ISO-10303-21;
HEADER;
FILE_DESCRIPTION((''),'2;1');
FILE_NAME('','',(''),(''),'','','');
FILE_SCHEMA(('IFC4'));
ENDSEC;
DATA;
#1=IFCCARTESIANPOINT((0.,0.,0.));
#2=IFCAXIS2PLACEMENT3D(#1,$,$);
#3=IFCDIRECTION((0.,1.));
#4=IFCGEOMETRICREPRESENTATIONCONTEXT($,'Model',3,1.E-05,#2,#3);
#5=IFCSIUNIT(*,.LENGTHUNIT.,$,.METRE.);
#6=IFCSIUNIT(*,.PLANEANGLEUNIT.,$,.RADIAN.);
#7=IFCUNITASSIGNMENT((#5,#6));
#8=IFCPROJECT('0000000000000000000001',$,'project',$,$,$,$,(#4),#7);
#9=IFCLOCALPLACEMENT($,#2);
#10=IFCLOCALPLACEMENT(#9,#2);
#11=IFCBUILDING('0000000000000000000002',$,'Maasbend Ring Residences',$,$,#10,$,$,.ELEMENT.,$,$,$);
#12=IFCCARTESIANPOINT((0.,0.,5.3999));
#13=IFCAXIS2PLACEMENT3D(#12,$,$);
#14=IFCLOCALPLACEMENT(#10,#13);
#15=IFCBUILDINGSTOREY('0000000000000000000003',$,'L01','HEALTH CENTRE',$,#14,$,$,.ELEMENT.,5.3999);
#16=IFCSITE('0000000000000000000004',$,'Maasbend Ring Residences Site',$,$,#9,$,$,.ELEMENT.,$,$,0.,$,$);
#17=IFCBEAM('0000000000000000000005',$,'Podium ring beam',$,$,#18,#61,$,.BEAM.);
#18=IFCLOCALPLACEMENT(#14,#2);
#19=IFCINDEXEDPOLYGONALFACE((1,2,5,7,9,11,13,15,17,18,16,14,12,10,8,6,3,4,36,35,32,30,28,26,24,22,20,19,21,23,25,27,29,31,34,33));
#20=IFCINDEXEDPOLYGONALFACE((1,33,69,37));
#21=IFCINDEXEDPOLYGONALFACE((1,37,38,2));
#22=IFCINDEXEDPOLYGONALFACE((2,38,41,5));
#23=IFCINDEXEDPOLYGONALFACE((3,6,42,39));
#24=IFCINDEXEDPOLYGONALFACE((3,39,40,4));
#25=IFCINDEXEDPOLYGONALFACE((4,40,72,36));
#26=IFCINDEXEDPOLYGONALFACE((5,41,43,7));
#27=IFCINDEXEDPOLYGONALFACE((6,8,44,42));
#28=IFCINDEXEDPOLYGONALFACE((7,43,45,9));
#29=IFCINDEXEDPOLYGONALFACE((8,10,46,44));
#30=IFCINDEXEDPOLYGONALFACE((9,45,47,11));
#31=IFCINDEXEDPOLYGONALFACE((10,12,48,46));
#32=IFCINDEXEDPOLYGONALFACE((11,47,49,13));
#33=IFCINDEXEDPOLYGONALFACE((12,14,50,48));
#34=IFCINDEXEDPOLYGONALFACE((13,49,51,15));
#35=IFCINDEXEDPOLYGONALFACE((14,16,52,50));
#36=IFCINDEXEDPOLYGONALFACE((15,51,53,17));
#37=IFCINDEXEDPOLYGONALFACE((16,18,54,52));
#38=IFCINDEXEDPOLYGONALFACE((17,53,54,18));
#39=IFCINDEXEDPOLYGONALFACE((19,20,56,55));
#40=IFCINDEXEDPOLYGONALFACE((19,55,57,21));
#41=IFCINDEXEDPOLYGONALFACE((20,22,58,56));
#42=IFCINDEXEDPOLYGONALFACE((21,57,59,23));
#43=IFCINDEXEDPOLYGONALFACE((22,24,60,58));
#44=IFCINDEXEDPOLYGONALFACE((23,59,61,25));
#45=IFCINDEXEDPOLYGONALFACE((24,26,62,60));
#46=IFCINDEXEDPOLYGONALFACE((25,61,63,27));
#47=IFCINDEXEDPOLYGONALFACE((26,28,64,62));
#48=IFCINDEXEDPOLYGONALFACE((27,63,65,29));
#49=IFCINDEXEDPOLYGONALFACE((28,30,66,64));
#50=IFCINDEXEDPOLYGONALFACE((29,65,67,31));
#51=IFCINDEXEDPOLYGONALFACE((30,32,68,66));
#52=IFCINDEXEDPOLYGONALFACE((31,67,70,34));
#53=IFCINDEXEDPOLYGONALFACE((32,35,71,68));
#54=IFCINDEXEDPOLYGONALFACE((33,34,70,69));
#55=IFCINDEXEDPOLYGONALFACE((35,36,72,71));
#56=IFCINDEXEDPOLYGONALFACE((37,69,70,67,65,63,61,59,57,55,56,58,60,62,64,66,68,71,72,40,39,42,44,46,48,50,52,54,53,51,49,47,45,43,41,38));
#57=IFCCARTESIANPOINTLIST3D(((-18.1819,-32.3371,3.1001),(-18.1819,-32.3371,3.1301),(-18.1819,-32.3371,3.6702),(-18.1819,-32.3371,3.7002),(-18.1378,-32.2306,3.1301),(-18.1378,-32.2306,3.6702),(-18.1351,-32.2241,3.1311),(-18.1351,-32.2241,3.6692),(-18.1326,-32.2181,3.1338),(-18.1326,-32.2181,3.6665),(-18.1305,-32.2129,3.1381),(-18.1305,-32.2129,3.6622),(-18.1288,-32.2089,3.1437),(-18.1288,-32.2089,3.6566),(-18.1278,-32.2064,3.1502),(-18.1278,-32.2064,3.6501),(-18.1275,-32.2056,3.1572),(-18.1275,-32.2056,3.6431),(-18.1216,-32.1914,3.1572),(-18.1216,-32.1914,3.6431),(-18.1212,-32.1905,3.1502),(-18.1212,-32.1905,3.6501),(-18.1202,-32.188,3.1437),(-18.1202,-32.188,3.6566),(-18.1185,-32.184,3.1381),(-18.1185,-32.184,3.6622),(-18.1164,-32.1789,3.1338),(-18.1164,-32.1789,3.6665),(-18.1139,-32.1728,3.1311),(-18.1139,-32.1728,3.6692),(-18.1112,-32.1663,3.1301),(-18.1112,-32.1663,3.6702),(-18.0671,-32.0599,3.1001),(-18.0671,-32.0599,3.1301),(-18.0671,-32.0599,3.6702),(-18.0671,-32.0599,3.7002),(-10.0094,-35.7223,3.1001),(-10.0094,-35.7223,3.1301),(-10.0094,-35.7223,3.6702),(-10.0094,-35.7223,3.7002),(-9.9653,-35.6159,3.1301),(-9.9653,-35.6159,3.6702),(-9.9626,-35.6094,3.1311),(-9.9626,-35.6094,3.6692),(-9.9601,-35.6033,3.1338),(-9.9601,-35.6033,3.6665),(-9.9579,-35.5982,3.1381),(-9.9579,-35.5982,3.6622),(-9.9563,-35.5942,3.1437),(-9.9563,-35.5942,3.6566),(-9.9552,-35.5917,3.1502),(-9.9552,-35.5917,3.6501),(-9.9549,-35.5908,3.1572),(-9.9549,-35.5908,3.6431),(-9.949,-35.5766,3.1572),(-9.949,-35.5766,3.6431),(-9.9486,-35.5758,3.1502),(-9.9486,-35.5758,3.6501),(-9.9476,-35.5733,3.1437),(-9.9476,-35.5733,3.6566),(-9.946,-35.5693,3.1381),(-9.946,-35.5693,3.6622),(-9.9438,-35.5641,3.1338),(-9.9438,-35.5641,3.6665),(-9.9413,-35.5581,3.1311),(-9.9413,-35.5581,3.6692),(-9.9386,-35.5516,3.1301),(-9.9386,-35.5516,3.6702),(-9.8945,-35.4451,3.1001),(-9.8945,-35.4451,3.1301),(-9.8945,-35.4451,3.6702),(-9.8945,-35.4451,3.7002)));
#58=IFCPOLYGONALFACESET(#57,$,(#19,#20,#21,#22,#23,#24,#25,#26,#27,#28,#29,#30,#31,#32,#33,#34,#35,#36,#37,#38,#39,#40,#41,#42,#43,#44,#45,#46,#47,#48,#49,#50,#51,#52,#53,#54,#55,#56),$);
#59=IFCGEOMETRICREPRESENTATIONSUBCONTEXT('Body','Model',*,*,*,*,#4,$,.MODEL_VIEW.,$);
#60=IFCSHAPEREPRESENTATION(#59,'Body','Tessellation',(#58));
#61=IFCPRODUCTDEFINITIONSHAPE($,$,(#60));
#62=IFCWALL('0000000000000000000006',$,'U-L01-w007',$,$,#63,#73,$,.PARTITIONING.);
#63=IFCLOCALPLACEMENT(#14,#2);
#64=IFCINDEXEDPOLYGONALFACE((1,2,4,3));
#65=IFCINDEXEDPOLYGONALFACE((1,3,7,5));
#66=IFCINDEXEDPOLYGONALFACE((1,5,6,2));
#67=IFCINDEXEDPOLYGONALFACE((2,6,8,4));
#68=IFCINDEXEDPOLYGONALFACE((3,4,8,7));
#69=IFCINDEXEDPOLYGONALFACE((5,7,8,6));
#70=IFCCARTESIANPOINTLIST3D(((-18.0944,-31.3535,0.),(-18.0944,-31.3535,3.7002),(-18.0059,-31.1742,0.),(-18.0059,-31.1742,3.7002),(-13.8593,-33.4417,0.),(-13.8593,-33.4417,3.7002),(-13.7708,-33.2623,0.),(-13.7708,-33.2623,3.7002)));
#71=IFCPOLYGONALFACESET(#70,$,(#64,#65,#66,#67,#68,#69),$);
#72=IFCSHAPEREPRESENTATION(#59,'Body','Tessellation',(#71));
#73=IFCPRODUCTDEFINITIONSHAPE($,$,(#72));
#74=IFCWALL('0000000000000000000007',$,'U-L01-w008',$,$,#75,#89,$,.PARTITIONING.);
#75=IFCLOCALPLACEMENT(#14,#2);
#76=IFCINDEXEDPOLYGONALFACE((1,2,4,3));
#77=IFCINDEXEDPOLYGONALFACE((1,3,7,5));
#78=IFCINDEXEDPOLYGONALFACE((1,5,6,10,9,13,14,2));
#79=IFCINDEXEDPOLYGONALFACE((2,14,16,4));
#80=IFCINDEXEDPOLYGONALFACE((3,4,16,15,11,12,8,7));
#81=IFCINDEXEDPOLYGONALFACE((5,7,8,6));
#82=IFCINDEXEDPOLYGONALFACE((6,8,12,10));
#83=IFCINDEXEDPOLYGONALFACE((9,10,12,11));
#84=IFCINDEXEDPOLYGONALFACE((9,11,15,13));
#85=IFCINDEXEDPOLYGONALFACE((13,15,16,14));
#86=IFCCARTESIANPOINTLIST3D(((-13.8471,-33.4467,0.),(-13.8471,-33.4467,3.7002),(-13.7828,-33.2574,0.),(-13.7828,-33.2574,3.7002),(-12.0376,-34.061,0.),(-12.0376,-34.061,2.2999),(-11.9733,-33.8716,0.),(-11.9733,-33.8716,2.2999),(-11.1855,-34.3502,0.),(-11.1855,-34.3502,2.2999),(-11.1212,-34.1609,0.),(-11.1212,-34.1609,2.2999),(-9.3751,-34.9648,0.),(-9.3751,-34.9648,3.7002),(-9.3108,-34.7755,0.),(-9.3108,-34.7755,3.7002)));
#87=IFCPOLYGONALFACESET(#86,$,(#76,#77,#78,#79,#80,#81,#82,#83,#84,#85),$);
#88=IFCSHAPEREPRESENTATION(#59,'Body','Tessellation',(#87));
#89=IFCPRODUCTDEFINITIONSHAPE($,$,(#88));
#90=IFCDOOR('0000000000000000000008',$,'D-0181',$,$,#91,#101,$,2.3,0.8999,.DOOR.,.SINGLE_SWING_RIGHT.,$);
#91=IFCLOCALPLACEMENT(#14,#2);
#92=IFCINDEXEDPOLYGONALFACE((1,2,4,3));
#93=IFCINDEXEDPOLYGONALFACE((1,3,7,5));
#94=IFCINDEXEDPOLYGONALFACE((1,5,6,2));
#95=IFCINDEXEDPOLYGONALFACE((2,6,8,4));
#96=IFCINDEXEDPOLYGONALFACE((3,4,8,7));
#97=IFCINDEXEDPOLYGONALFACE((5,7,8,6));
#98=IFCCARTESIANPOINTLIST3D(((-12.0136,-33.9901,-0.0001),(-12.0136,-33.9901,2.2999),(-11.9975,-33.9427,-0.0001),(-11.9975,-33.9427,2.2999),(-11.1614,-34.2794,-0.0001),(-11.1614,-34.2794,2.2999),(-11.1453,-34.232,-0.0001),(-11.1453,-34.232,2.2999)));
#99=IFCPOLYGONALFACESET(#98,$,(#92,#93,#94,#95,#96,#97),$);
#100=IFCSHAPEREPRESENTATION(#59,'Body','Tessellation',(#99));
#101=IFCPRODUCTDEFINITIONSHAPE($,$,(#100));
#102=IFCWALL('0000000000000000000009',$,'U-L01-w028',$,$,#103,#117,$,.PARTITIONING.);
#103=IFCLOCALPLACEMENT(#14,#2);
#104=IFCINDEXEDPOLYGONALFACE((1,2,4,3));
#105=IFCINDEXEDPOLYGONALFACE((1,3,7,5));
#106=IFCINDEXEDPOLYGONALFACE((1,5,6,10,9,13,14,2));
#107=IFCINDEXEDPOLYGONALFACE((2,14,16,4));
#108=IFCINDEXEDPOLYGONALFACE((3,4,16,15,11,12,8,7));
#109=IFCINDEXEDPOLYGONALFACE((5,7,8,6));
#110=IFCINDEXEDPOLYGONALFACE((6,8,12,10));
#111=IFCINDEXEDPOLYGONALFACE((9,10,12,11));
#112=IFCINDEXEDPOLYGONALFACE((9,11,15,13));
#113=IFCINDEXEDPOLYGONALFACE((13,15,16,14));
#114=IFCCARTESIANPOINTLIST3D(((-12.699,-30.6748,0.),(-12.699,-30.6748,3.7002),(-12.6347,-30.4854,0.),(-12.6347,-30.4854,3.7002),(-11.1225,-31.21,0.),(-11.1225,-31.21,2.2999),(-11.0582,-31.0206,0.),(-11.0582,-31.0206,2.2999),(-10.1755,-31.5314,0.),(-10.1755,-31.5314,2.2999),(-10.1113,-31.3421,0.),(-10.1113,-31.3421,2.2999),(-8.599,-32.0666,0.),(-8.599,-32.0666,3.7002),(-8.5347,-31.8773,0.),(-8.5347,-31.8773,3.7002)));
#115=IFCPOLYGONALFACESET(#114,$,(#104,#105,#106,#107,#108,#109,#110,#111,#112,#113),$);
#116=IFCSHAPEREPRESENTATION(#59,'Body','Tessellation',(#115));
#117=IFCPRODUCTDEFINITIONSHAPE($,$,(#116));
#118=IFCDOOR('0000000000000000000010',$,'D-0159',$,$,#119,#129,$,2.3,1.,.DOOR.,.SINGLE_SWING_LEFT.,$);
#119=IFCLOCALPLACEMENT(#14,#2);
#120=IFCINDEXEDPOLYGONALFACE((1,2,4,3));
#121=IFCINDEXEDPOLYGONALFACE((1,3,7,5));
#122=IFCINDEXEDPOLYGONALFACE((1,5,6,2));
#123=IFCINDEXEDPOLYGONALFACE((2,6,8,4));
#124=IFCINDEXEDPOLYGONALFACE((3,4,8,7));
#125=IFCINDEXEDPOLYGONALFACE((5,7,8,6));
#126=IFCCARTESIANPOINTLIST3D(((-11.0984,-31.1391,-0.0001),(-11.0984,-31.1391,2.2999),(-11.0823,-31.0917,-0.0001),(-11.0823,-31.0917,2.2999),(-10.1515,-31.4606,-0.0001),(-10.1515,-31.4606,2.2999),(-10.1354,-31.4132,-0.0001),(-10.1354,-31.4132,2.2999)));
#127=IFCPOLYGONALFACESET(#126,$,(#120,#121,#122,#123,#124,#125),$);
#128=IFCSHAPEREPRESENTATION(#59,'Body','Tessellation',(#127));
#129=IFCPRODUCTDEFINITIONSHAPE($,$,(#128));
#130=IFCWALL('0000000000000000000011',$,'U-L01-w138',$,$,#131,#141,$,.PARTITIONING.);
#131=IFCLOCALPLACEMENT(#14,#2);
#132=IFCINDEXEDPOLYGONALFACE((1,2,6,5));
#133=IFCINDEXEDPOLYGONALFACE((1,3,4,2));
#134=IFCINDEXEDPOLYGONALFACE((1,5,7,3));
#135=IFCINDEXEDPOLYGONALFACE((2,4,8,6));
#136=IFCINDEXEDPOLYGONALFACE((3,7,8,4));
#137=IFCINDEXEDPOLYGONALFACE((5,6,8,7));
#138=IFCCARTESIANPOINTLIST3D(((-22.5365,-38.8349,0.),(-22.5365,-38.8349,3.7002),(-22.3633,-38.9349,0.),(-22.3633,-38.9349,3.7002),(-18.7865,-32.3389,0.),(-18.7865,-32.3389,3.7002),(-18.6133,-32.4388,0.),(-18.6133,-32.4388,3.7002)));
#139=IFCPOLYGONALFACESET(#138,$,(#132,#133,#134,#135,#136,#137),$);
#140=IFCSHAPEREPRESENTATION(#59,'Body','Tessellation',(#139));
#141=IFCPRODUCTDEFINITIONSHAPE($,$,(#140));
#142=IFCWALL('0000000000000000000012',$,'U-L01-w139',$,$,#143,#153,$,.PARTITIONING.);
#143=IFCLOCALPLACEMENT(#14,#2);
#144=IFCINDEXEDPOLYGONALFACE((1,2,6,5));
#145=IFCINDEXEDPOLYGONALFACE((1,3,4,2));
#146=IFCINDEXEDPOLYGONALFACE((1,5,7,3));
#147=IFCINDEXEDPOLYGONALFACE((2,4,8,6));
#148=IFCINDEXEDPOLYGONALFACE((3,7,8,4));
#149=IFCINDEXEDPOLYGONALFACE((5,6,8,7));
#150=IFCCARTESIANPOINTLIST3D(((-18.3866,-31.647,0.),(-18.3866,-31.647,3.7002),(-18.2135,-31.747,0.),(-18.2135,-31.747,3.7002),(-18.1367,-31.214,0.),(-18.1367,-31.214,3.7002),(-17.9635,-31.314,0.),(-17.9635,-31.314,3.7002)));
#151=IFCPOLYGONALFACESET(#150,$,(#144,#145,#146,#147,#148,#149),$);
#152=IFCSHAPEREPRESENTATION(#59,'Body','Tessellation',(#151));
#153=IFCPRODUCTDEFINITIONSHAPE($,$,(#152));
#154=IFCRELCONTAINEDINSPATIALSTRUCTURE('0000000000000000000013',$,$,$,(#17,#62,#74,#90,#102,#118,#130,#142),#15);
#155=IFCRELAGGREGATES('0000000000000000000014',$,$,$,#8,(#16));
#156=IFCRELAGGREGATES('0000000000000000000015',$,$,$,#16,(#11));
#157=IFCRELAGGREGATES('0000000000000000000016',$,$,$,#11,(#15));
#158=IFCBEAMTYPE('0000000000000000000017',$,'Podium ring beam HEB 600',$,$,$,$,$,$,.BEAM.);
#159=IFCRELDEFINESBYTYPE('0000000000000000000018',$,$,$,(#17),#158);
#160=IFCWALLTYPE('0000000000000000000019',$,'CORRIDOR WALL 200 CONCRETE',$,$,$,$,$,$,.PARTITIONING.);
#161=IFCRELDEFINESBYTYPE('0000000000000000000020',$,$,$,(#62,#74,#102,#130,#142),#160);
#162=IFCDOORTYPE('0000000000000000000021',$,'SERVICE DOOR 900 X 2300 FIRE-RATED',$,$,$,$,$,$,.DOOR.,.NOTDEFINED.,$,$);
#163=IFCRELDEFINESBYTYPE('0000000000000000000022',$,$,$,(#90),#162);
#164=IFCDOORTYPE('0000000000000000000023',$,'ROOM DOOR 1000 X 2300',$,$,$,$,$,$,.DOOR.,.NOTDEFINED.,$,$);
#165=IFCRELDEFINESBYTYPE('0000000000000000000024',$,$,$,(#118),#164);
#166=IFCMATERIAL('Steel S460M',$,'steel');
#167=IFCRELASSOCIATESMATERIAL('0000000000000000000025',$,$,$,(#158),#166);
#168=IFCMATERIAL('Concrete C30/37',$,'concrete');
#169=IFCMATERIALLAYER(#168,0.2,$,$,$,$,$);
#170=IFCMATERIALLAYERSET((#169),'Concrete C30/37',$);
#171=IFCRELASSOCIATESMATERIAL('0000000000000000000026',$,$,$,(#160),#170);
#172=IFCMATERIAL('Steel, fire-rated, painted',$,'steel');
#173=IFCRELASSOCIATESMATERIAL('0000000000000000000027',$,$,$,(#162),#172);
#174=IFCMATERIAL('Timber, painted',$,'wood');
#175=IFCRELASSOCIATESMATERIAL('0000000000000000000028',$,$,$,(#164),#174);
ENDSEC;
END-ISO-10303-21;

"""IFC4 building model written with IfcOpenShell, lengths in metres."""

from ifc_helpers import new_model, si_unit, direction, frame, frame_2d, origin, origin_2d, place, context, subcontext, project, spatial, rectangle, i_section, extrude, material, layer, layer_set, material_profile, profile_set, type_object, element, fill, save


model = new_model("IFC4")

# Units and contexts
model_context = context("Model", 3, precision=1e-05, world=origin(), true_north=direction((0.0, 1.0)))
body_context = subcontext(model_context, "Body", "Model", "MODEL_VIEW")
ifc_project = project(units=[si_unit("LENGTHUNIT", "METRE"), si_unit("PLANEANGLEUNIT", "RADIAN")], contexts=[model_context])

# Site, building, storey
site_placement = place(None, origin())
site = spatial("IfcSite", under=ifc_project, at=site_placement, Name="Maasbend Ring Residences Site", CompositionType="ELEMENT", RefElevation=0.0)
building_placement = place(site_placement, origin())
building = spatial("IfcBuilding", under=site, at=building_placement, Name="Maasbend Ring Residences", CompositionType="ELEMENT")
storey_placement = place(building_placement, frame((0.0, 0.0, 5.3999)))
storey = spatial("IfcBuildingStorey", under=building, at=storey_placement, Name="L01", Description="HEALTH CENTRE", CompositionType="ELEMENT", Elevation=5.3999)

# Beam
ifc_material_1 = material(Name="Steel S460M", Category="steel")
ifc_material_profile_1 = material_profile(ifc_material_1, i_section(OverallWidth=0.3, OverallDepth=0.6001, WebThickness=0.0154, FlangeThickness=0.03, FilletRadius=0.0271, at=origin_2d()), Name="HEB 600")
ifc_profile_set_1 = profile_set([ifc_material_profile_1], Name="Steel S460M")
beam_type_1 = type_object("IfcBeamType", Name="Podium ring beam HEB 600", PredefinedType="BEAM", material=ifc_profile_set_1)
beam_placement = place(storey_placement, frame((-18.1245, -32.1985, 3.4001), z_axis=(0.923878, -0.382688, 0.0), x_axis=(0.382688, 0.923878, 0.0)))
element("IfcBeam", 1, at=beam_placement, inside=storey, type_object=beam_type_1, Name="Podium ring beam", PredefinedType="BEAM", context=body_context, shape_type="SweptSolid", body=[
    extrude(i_section(OverallWidth=0.3, OverallDepth=0.6001, WebThickness=0.0154, FlangeThickness=0.03, FilletRadius=0.0271, at=origin_2d()), origin(), (0.0, 0.0, 1.0), 8.8459),
])

# Wall
ifc_material_2 = material(Name="Concrete C30/37", Category="concrete")
ifc_layer_1 = layer(ifc_material_2, 0.2)
ifc_layer_set_1 = layer_set([ifc_layer_1], Name="Concrete C30/37")
wall_type_1 = type_object("IfcWallType", Name="CORRIDOR WALL 200 CONCRETE", PredefinedType="PARTITIONING", material=ifc_layer_set_1)
wall_1_placement = place(storey_placement, frame((-18.05, -31.2639, 0.0), z_axis=(0.0, 0.0, 1.0), x_axis=(0.896905, -0.442222, 0.0)))
element("IfcWall", 2, at=wall_1_placement, inside=storey, type_object=wall_type_1, Name="U-L01-w007", PredefinedType="PARTITIONING", context=body_context, shape_type="SweptSolid", body=[
    extrude(rectangle(XDim=4.7219, YDim=0.2, at=frame_2d((2.3608, 0.0))), origin(), (0.0, 0.0, 1.0), 3.7002),
])

# Walls, openings, doors
wall_2_placement = place(storey_placement, frame((-13.8149, -33.3521, 0.0), z_axis=(0.0, 0.0, 1.0), x_axis=(0.946927, -0.321449, 0.0)))
wall_2 = element("IfcWall", 3, at=wall_2_placement, inside=storey, type_object=wall_type_1, Name="U-L01-w008", PredefinedType="PARTITIONING", context=body_context, shape_type="SweptSolid", body=[
    extrude(rectangle(XDim=4.7227, YDim=0.2, at=frame_2d((2.3613, 0.0))), origin(), (0.0, 0.0, 1.0), 3.7002),
])
opening_1_placement = place(wall_2_placement, frame((1.9109, 0.0, 0.0)))
opening_1 = element("IfcOpeningElement", 4, at=opening_1_placement, cuts=wall_2, PredefinedType="OPENING", context=body_context, shape_type="SweptSolid", body=[
    extrude(rectangle(XDim=0.8999, YDim=2.3, at=frame_2d((0.45, 1.1499))), frame((0.0, 0.1099, 0.0), z_axis=(0.0, -1.0, 0.0), x_axis=(1.0, 0.0, 0.0)), (0.0, 0.0, 1.0), 0.22),
])
ifc_material_3 = material(Name="Steel, fire-rated, painted", Category="steel")
door_type_1 = type_object("IfcDoorType", Name="SERVICE DOOR 900 X 2300 FIRE-RATED", OperationType="NOTDEFINED", PredefinedType="DOOR", material=ifc_material_3)
door_1_placement = place(opening_1_placement, origin())
door_1 = element("IfcDoor", 5, at=door_1_placement, inside=storey, type_object=door_type_1, Name="D-0181", OperationType="SINGLE_SWING_RIGHT", OverallHeight=2.3, OverallWidth=0.8999, PredefinedType="DOOR", context=body_context, shape_type="SweptSolid", body=[
    extrude(rectangle(XDim=0.8999, YDim=2.3, at=frame_2d((0.45, 1.1499))), frame((0.0, 0.0249, 0.0), z_axis=(0.0, -1.0, 0.0), x_axis=(1.0, 0.0, 0.0)), (0.0, 0.0, 1.0), 0.05),
])
fill(opening_1, door_1)
wall_3_placement = place(storey_placement, frame((-12.667, -30.5801, 0.0), z_axis=(0.0, 0.0, 1.0), x_axis=(0.946927, -0.32145, 0.0)))
wall_3 = element("IfcWall", 6, at=wall_3_placement, inside=storey, type_object=wall_type_1, Name="U-L01-w028", PredefinedType="PARTITIONING", context=body_context, shape_type="SweptSolid", body=[
    extrude(rectangle(XDim=4.3298, YDim=0.2, at=frame_2d((2.165, 0.0))), origin(), (0.0, 0.0, 1.0), 3.7002),
])
opening_2_placement = place(wall_3_placement, frame((1.665, 0.0, 0.0)))
opening_2 = element("IfcOpeningElement", 7, at=opening_2_placement, cuts=wall_3, PredefinedType="OPENING", context=body_context, shape_type="SweptSolid", body=[
    extrude(rectangle(XDim=1.0, YDim=2.3, at=frame_2d((0.5, 1.1499))), frame((0.0, 0.1099, 0.0), z_axis=(0.0, -1.0, 0.0), x_axis=(1.0, 0.0, 0.0)), (0.0, 0.0, 1.0), 0.22),
])
ifc_material_4 = material(Name="Timber, painted", Category="wood")
door_type_2 = type_object("IfcDoorType", Name="ROOM DOOR 1000 X 2300", OperationType="NOTDEFINED", PredefinedType="DOOR", material=ifc_material_4)
door_2_placement = place(opening_2_placement, origin())
door_2 = element("IfcDoor", 8, at=door_2_placement, inside=storey, type_object=door_type_2, Name="D-0159", OperationType="SINGLE_SWING_LEFT", OverallHeight=2.3, OverallWidth=1.0, PredefinedType="DOOR", context=body_context, shape_type="SweptSolid", body=[
    extrude(rectangle(XDim=1.0, YDim=2.3, at=frame_2d((0.5, 1.1499))), frame((0.0, 0.0249, 0.0), z_axis=(0.0, -1.0, 0.0), x_axis=(1.0, 0.0, 0.0)), (0.0, 0.0, 1.0), 0.05),
])
fill(opening_2, door_2)

# Walls
wall_4_placement = place(storey_placement, frame((-22.45, -38.885, 0.0), z_axis=(0.0, 0.0, 1.0), x_axis=(0.499948, 0.866056, 0.0)))
element("IfcWall", 9, at=wall_4_placement, inside=storey, type_object=wall_type_1, Name="U-L01-w138", PredefinedType="PARTITIONING", context=body_context, shape_type="SweptSolid", body=[
    extrude(rectangle(XDim=7.5007, YDim=0.2, at=frame_2d((3.7505, 0.0))), origin(), (0.0, 0.0, 1.0), 3.7002),
])
wall_5_placement = place(storey_placement, frame((-18.3, -31.697, 0.0), z_axis=(0.0, 0.0, 1.0), x_axis=(0.49992, 0.866072, 0.0)))
element("IfcWall", 10, at=wall_5_placement, inside=storey, type_object=wall_type_1, Name="U-L01-w139", PredefinedType="PARTITIONING", context=body_context, shape_type="SweptSolid", body=[
    extrude(rectangle(XDim=0.5, YDim=0.2, at=frame_2d((0.25, 0.0))), origin(), (0.0, 0.0, 1.0), 3.7002),
])

save(model, "model.ifc")
